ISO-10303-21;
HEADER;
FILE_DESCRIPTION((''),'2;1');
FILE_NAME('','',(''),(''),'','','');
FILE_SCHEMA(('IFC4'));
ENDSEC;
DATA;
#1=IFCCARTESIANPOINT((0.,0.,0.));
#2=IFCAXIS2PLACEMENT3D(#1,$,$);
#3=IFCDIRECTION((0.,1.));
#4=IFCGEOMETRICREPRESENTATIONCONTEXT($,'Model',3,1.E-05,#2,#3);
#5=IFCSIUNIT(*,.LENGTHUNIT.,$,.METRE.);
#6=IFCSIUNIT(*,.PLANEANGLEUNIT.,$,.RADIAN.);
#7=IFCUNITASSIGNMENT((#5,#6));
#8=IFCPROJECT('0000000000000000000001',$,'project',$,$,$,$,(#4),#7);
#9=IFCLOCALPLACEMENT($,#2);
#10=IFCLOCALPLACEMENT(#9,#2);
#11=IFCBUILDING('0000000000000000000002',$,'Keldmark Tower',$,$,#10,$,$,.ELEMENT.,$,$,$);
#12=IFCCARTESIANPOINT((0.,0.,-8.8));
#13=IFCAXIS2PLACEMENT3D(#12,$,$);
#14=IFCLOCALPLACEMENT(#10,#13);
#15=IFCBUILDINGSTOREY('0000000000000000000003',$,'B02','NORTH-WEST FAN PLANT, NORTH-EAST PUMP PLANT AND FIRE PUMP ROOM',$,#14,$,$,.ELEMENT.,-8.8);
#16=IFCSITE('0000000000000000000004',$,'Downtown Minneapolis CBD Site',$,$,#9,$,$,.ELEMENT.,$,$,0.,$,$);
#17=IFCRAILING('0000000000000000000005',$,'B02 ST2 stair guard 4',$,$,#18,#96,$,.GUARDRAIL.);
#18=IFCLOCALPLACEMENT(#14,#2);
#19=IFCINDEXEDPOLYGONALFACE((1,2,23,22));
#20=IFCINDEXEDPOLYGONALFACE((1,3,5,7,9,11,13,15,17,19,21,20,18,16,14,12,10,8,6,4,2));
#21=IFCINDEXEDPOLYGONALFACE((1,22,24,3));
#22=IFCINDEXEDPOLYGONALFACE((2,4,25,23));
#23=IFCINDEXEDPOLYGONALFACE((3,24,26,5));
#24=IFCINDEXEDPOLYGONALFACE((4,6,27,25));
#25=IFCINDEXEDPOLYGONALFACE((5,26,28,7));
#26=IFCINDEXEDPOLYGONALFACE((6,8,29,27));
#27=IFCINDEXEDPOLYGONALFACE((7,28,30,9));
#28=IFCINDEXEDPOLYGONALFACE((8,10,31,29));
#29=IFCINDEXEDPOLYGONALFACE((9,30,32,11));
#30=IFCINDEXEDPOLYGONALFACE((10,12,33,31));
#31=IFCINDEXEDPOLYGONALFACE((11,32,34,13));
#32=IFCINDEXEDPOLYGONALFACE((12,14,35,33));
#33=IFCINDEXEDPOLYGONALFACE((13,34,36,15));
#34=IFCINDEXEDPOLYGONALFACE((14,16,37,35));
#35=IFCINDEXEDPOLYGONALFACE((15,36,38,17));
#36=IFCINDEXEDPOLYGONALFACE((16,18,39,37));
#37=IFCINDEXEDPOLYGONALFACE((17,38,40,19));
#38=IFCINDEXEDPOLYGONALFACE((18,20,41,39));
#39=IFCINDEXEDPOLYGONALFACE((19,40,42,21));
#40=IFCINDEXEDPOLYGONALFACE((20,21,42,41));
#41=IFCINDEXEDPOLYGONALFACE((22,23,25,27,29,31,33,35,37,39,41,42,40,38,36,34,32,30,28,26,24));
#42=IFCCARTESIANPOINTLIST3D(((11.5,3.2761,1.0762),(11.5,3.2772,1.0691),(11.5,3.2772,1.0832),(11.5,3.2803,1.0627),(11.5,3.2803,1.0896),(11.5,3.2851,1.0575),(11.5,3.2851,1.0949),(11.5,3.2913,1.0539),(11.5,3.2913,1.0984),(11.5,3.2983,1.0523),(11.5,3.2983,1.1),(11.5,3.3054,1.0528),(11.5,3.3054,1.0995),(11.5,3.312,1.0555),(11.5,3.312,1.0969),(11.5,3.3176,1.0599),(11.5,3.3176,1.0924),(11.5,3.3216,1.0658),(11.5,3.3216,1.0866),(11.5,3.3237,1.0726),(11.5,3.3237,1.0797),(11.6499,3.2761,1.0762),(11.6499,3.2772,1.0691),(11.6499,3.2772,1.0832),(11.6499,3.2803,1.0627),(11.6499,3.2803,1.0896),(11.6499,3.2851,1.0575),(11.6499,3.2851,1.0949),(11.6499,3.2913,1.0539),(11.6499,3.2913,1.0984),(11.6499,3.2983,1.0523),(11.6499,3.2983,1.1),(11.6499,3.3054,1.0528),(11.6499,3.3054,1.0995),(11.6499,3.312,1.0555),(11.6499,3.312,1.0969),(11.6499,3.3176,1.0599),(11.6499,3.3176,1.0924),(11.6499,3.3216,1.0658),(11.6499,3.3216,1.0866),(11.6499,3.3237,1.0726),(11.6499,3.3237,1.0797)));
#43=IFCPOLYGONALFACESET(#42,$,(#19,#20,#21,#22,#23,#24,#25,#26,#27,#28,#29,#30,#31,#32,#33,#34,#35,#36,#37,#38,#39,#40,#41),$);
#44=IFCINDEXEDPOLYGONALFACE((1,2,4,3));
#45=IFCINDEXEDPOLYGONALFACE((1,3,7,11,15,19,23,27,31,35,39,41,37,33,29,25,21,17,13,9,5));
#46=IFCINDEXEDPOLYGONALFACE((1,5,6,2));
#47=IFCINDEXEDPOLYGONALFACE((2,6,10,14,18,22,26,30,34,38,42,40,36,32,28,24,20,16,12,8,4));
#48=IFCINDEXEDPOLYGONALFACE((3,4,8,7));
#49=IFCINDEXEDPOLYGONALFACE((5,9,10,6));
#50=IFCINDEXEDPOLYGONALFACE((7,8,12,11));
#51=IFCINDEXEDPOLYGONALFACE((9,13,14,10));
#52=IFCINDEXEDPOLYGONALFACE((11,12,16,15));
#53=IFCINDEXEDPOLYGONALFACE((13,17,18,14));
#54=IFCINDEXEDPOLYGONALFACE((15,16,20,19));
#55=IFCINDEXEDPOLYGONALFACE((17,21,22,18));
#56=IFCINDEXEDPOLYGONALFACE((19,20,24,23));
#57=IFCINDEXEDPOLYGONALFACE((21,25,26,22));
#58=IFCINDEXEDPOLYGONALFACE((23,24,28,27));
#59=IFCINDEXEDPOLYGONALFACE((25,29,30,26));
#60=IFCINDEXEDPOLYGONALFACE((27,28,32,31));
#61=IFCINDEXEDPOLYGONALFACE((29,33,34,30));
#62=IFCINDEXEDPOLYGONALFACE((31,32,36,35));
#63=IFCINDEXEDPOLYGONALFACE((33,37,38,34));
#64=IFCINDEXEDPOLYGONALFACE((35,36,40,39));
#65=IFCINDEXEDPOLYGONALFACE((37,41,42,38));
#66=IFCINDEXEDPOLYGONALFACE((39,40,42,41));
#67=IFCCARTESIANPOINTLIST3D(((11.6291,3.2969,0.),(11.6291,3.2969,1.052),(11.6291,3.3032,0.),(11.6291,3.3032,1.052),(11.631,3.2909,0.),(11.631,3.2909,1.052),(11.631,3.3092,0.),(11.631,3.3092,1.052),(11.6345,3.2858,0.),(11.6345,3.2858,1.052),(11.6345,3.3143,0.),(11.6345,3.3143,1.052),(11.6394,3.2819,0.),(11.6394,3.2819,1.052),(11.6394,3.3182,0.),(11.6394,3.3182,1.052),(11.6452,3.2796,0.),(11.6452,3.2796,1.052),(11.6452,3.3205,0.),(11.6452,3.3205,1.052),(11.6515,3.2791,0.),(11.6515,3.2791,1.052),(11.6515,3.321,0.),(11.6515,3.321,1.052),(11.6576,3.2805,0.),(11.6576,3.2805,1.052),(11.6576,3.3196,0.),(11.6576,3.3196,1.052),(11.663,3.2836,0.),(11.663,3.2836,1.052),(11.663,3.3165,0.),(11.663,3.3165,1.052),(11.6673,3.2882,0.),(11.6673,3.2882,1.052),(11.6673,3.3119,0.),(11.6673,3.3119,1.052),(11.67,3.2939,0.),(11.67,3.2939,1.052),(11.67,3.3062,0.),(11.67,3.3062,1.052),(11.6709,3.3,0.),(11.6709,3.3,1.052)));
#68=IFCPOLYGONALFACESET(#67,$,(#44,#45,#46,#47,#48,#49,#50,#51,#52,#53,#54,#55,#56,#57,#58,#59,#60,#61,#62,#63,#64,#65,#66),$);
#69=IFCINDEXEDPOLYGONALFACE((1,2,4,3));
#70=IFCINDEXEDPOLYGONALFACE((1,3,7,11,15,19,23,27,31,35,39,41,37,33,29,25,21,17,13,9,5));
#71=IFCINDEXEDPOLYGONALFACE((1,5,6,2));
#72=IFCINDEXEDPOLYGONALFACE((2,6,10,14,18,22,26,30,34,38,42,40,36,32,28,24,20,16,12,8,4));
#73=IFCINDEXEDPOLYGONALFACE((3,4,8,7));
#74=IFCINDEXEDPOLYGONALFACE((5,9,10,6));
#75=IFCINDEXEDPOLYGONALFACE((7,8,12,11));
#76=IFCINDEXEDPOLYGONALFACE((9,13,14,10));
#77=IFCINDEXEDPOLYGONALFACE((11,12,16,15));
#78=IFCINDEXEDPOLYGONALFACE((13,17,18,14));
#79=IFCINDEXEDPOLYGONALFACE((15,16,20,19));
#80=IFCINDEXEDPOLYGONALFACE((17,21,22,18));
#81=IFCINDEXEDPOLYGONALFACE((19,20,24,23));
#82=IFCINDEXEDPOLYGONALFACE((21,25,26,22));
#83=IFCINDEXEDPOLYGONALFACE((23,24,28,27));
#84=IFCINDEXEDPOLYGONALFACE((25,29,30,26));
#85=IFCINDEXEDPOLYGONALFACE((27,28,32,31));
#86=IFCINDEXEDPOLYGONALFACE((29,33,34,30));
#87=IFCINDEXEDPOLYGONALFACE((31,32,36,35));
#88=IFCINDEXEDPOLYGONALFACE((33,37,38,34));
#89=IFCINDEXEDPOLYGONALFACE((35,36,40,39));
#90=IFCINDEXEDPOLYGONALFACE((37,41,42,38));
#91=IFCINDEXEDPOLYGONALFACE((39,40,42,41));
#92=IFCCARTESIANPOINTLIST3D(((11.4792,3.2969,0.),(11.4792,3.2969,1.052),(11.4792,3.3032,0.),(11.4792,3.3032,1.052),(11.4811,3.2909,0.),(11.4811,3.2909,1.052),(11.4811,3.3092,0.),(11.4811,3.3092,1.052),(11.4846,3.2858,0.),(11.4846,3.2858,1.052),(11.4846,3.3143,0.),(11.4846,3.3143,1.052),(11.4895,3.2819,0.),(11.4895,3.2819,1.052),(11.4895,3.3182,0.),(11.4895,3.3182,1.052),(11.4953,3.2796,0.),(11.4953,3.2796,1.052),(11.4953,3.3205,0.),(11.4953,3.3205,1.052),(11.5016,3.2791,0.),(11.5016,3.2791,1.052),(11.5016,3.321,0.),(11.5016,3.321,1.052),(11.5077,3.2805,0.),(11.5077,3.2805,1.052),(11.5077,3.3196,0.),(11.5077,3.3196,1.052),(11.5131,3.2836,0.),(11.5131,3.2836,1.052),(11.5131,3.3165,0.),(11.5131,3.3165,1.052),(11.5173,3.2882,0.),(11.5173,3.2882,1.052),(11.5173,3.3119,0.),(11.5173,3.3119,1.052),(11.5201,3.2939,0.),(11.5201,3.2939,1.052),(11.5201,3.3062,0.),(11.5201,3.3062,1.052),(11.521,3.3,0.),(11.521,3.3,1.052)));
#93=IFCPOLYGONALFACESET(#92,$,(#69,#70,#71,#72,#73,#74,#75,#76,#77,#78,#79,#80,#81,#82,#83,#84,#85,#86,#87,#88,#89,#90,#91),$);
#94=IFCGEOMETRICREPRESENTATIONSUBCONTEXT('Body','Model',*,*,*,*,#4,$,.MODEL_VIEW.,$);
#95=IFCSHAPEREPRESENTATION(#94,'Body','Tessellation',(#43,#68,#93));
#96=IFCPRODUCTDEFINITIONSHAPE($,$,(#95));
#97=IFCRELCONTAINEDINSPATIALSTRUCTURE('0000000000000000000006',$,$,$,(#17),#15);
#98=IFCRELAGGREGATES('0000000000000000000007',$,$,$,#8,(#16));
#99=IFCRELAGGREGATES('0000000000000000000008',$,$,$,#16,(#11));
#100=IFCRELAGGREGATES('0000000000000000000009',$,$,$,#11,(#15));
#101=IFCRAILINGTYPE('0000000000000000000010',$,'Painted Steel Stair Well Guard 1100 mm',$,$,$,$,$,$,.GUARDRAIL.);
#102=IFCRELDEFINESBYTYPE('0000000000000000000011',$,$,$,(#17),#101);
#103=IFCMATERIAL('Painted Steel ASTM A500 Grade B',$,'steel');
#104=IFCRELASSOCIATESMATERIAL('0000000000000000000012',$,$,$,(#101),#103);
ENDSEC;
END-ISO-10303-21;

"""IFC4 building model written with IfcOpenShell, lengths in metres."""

from ifc_helpers import new_model, si_unit, direction, frame, origin, origin_2d, place, context, subcontext, project, spatial, circle, extrude, material, type_object, element, save


model = new_model("IFC4")

# Units and contexts
model_context = context("Model", 3, precision=1e-05, world=origin(), true_north=direction((0.0, 1.0)))
body_context = subcontext(model_context, "Body", "Model", "MODEL_VIEW")
ifc_project = project(units=[si_unit("LENGTHUNIT", "METRE"), si_unit("PLANEANGLEUNIT", "RADIAN")], contexts=[model_context])

# Site, building, storey
site_placement = place(None, origin())
site = spatial("IfcSite", under=ifc_project, at=site_placement, Name="Downtown Minneapolis CBD Site", CompositionType="ELEMENT", RefElevation=0.0)
building_placement = place(site_placement, origin())
building = spatial("IfcBuilding", under=site, at=building_placement, Name="Keldmark Tower", CompositionType="ELEMENT")
storey_placement = place(building_placement, frame((0.0, 0.0, -8.8)))
storey = spatial("IfcBuildingStorey", under=building, at=storey_placement, Name="B02", Description="NORTH-WEST FAN PLANT, NORTH-EAST PUMP PLANT AND FIRE PUMP ROOM", CompositionType="ELEMENT", Elevation=-8.8)

# Railing
ifc_material_1 = material(Name="Painted Steel ASTM A500 Grade B", Category="steel")
railing_type_1 = type_object("IfcRailingType", Name="Painted Steel Stair Well Guard 1100 mm", PredefinedType="GUARDRAIL", material=ifc_material_1)
railing_1_placement = place(storey_placement, frame((11.6499, 3.3, 0.0)))
element("IfcRailing", 1, at=railing_1_placement, inside=storey, type_object=railing_type_1, Name="B02 ST2 stair guard 4", PredefinedType="GUARDRAIL", context=body_context, shape_type="SweptSolid", body=[
    extrude(circle(Radius=0.0239, at=origin_2d()), frame((0.0, 0.0, 1.0762), z_axis=(-1.0, 0.0, 0.0), x_axis=(0.0, -1.0, 0.0)), (0.0, 0.0, 1.0), 0.1499),
    extrude(circle(Radius=0.021, at=origin_2d()), origin(), (0.0, 0.0, 1.0), 1.052),
    extrude(circle(Radius=0.021, at=origin_2d()), frame((-0.1499, 0.0, 0.0)), (0.0, 0.0, 1.0), 1.052),
])

save(model, "model.ifc")
